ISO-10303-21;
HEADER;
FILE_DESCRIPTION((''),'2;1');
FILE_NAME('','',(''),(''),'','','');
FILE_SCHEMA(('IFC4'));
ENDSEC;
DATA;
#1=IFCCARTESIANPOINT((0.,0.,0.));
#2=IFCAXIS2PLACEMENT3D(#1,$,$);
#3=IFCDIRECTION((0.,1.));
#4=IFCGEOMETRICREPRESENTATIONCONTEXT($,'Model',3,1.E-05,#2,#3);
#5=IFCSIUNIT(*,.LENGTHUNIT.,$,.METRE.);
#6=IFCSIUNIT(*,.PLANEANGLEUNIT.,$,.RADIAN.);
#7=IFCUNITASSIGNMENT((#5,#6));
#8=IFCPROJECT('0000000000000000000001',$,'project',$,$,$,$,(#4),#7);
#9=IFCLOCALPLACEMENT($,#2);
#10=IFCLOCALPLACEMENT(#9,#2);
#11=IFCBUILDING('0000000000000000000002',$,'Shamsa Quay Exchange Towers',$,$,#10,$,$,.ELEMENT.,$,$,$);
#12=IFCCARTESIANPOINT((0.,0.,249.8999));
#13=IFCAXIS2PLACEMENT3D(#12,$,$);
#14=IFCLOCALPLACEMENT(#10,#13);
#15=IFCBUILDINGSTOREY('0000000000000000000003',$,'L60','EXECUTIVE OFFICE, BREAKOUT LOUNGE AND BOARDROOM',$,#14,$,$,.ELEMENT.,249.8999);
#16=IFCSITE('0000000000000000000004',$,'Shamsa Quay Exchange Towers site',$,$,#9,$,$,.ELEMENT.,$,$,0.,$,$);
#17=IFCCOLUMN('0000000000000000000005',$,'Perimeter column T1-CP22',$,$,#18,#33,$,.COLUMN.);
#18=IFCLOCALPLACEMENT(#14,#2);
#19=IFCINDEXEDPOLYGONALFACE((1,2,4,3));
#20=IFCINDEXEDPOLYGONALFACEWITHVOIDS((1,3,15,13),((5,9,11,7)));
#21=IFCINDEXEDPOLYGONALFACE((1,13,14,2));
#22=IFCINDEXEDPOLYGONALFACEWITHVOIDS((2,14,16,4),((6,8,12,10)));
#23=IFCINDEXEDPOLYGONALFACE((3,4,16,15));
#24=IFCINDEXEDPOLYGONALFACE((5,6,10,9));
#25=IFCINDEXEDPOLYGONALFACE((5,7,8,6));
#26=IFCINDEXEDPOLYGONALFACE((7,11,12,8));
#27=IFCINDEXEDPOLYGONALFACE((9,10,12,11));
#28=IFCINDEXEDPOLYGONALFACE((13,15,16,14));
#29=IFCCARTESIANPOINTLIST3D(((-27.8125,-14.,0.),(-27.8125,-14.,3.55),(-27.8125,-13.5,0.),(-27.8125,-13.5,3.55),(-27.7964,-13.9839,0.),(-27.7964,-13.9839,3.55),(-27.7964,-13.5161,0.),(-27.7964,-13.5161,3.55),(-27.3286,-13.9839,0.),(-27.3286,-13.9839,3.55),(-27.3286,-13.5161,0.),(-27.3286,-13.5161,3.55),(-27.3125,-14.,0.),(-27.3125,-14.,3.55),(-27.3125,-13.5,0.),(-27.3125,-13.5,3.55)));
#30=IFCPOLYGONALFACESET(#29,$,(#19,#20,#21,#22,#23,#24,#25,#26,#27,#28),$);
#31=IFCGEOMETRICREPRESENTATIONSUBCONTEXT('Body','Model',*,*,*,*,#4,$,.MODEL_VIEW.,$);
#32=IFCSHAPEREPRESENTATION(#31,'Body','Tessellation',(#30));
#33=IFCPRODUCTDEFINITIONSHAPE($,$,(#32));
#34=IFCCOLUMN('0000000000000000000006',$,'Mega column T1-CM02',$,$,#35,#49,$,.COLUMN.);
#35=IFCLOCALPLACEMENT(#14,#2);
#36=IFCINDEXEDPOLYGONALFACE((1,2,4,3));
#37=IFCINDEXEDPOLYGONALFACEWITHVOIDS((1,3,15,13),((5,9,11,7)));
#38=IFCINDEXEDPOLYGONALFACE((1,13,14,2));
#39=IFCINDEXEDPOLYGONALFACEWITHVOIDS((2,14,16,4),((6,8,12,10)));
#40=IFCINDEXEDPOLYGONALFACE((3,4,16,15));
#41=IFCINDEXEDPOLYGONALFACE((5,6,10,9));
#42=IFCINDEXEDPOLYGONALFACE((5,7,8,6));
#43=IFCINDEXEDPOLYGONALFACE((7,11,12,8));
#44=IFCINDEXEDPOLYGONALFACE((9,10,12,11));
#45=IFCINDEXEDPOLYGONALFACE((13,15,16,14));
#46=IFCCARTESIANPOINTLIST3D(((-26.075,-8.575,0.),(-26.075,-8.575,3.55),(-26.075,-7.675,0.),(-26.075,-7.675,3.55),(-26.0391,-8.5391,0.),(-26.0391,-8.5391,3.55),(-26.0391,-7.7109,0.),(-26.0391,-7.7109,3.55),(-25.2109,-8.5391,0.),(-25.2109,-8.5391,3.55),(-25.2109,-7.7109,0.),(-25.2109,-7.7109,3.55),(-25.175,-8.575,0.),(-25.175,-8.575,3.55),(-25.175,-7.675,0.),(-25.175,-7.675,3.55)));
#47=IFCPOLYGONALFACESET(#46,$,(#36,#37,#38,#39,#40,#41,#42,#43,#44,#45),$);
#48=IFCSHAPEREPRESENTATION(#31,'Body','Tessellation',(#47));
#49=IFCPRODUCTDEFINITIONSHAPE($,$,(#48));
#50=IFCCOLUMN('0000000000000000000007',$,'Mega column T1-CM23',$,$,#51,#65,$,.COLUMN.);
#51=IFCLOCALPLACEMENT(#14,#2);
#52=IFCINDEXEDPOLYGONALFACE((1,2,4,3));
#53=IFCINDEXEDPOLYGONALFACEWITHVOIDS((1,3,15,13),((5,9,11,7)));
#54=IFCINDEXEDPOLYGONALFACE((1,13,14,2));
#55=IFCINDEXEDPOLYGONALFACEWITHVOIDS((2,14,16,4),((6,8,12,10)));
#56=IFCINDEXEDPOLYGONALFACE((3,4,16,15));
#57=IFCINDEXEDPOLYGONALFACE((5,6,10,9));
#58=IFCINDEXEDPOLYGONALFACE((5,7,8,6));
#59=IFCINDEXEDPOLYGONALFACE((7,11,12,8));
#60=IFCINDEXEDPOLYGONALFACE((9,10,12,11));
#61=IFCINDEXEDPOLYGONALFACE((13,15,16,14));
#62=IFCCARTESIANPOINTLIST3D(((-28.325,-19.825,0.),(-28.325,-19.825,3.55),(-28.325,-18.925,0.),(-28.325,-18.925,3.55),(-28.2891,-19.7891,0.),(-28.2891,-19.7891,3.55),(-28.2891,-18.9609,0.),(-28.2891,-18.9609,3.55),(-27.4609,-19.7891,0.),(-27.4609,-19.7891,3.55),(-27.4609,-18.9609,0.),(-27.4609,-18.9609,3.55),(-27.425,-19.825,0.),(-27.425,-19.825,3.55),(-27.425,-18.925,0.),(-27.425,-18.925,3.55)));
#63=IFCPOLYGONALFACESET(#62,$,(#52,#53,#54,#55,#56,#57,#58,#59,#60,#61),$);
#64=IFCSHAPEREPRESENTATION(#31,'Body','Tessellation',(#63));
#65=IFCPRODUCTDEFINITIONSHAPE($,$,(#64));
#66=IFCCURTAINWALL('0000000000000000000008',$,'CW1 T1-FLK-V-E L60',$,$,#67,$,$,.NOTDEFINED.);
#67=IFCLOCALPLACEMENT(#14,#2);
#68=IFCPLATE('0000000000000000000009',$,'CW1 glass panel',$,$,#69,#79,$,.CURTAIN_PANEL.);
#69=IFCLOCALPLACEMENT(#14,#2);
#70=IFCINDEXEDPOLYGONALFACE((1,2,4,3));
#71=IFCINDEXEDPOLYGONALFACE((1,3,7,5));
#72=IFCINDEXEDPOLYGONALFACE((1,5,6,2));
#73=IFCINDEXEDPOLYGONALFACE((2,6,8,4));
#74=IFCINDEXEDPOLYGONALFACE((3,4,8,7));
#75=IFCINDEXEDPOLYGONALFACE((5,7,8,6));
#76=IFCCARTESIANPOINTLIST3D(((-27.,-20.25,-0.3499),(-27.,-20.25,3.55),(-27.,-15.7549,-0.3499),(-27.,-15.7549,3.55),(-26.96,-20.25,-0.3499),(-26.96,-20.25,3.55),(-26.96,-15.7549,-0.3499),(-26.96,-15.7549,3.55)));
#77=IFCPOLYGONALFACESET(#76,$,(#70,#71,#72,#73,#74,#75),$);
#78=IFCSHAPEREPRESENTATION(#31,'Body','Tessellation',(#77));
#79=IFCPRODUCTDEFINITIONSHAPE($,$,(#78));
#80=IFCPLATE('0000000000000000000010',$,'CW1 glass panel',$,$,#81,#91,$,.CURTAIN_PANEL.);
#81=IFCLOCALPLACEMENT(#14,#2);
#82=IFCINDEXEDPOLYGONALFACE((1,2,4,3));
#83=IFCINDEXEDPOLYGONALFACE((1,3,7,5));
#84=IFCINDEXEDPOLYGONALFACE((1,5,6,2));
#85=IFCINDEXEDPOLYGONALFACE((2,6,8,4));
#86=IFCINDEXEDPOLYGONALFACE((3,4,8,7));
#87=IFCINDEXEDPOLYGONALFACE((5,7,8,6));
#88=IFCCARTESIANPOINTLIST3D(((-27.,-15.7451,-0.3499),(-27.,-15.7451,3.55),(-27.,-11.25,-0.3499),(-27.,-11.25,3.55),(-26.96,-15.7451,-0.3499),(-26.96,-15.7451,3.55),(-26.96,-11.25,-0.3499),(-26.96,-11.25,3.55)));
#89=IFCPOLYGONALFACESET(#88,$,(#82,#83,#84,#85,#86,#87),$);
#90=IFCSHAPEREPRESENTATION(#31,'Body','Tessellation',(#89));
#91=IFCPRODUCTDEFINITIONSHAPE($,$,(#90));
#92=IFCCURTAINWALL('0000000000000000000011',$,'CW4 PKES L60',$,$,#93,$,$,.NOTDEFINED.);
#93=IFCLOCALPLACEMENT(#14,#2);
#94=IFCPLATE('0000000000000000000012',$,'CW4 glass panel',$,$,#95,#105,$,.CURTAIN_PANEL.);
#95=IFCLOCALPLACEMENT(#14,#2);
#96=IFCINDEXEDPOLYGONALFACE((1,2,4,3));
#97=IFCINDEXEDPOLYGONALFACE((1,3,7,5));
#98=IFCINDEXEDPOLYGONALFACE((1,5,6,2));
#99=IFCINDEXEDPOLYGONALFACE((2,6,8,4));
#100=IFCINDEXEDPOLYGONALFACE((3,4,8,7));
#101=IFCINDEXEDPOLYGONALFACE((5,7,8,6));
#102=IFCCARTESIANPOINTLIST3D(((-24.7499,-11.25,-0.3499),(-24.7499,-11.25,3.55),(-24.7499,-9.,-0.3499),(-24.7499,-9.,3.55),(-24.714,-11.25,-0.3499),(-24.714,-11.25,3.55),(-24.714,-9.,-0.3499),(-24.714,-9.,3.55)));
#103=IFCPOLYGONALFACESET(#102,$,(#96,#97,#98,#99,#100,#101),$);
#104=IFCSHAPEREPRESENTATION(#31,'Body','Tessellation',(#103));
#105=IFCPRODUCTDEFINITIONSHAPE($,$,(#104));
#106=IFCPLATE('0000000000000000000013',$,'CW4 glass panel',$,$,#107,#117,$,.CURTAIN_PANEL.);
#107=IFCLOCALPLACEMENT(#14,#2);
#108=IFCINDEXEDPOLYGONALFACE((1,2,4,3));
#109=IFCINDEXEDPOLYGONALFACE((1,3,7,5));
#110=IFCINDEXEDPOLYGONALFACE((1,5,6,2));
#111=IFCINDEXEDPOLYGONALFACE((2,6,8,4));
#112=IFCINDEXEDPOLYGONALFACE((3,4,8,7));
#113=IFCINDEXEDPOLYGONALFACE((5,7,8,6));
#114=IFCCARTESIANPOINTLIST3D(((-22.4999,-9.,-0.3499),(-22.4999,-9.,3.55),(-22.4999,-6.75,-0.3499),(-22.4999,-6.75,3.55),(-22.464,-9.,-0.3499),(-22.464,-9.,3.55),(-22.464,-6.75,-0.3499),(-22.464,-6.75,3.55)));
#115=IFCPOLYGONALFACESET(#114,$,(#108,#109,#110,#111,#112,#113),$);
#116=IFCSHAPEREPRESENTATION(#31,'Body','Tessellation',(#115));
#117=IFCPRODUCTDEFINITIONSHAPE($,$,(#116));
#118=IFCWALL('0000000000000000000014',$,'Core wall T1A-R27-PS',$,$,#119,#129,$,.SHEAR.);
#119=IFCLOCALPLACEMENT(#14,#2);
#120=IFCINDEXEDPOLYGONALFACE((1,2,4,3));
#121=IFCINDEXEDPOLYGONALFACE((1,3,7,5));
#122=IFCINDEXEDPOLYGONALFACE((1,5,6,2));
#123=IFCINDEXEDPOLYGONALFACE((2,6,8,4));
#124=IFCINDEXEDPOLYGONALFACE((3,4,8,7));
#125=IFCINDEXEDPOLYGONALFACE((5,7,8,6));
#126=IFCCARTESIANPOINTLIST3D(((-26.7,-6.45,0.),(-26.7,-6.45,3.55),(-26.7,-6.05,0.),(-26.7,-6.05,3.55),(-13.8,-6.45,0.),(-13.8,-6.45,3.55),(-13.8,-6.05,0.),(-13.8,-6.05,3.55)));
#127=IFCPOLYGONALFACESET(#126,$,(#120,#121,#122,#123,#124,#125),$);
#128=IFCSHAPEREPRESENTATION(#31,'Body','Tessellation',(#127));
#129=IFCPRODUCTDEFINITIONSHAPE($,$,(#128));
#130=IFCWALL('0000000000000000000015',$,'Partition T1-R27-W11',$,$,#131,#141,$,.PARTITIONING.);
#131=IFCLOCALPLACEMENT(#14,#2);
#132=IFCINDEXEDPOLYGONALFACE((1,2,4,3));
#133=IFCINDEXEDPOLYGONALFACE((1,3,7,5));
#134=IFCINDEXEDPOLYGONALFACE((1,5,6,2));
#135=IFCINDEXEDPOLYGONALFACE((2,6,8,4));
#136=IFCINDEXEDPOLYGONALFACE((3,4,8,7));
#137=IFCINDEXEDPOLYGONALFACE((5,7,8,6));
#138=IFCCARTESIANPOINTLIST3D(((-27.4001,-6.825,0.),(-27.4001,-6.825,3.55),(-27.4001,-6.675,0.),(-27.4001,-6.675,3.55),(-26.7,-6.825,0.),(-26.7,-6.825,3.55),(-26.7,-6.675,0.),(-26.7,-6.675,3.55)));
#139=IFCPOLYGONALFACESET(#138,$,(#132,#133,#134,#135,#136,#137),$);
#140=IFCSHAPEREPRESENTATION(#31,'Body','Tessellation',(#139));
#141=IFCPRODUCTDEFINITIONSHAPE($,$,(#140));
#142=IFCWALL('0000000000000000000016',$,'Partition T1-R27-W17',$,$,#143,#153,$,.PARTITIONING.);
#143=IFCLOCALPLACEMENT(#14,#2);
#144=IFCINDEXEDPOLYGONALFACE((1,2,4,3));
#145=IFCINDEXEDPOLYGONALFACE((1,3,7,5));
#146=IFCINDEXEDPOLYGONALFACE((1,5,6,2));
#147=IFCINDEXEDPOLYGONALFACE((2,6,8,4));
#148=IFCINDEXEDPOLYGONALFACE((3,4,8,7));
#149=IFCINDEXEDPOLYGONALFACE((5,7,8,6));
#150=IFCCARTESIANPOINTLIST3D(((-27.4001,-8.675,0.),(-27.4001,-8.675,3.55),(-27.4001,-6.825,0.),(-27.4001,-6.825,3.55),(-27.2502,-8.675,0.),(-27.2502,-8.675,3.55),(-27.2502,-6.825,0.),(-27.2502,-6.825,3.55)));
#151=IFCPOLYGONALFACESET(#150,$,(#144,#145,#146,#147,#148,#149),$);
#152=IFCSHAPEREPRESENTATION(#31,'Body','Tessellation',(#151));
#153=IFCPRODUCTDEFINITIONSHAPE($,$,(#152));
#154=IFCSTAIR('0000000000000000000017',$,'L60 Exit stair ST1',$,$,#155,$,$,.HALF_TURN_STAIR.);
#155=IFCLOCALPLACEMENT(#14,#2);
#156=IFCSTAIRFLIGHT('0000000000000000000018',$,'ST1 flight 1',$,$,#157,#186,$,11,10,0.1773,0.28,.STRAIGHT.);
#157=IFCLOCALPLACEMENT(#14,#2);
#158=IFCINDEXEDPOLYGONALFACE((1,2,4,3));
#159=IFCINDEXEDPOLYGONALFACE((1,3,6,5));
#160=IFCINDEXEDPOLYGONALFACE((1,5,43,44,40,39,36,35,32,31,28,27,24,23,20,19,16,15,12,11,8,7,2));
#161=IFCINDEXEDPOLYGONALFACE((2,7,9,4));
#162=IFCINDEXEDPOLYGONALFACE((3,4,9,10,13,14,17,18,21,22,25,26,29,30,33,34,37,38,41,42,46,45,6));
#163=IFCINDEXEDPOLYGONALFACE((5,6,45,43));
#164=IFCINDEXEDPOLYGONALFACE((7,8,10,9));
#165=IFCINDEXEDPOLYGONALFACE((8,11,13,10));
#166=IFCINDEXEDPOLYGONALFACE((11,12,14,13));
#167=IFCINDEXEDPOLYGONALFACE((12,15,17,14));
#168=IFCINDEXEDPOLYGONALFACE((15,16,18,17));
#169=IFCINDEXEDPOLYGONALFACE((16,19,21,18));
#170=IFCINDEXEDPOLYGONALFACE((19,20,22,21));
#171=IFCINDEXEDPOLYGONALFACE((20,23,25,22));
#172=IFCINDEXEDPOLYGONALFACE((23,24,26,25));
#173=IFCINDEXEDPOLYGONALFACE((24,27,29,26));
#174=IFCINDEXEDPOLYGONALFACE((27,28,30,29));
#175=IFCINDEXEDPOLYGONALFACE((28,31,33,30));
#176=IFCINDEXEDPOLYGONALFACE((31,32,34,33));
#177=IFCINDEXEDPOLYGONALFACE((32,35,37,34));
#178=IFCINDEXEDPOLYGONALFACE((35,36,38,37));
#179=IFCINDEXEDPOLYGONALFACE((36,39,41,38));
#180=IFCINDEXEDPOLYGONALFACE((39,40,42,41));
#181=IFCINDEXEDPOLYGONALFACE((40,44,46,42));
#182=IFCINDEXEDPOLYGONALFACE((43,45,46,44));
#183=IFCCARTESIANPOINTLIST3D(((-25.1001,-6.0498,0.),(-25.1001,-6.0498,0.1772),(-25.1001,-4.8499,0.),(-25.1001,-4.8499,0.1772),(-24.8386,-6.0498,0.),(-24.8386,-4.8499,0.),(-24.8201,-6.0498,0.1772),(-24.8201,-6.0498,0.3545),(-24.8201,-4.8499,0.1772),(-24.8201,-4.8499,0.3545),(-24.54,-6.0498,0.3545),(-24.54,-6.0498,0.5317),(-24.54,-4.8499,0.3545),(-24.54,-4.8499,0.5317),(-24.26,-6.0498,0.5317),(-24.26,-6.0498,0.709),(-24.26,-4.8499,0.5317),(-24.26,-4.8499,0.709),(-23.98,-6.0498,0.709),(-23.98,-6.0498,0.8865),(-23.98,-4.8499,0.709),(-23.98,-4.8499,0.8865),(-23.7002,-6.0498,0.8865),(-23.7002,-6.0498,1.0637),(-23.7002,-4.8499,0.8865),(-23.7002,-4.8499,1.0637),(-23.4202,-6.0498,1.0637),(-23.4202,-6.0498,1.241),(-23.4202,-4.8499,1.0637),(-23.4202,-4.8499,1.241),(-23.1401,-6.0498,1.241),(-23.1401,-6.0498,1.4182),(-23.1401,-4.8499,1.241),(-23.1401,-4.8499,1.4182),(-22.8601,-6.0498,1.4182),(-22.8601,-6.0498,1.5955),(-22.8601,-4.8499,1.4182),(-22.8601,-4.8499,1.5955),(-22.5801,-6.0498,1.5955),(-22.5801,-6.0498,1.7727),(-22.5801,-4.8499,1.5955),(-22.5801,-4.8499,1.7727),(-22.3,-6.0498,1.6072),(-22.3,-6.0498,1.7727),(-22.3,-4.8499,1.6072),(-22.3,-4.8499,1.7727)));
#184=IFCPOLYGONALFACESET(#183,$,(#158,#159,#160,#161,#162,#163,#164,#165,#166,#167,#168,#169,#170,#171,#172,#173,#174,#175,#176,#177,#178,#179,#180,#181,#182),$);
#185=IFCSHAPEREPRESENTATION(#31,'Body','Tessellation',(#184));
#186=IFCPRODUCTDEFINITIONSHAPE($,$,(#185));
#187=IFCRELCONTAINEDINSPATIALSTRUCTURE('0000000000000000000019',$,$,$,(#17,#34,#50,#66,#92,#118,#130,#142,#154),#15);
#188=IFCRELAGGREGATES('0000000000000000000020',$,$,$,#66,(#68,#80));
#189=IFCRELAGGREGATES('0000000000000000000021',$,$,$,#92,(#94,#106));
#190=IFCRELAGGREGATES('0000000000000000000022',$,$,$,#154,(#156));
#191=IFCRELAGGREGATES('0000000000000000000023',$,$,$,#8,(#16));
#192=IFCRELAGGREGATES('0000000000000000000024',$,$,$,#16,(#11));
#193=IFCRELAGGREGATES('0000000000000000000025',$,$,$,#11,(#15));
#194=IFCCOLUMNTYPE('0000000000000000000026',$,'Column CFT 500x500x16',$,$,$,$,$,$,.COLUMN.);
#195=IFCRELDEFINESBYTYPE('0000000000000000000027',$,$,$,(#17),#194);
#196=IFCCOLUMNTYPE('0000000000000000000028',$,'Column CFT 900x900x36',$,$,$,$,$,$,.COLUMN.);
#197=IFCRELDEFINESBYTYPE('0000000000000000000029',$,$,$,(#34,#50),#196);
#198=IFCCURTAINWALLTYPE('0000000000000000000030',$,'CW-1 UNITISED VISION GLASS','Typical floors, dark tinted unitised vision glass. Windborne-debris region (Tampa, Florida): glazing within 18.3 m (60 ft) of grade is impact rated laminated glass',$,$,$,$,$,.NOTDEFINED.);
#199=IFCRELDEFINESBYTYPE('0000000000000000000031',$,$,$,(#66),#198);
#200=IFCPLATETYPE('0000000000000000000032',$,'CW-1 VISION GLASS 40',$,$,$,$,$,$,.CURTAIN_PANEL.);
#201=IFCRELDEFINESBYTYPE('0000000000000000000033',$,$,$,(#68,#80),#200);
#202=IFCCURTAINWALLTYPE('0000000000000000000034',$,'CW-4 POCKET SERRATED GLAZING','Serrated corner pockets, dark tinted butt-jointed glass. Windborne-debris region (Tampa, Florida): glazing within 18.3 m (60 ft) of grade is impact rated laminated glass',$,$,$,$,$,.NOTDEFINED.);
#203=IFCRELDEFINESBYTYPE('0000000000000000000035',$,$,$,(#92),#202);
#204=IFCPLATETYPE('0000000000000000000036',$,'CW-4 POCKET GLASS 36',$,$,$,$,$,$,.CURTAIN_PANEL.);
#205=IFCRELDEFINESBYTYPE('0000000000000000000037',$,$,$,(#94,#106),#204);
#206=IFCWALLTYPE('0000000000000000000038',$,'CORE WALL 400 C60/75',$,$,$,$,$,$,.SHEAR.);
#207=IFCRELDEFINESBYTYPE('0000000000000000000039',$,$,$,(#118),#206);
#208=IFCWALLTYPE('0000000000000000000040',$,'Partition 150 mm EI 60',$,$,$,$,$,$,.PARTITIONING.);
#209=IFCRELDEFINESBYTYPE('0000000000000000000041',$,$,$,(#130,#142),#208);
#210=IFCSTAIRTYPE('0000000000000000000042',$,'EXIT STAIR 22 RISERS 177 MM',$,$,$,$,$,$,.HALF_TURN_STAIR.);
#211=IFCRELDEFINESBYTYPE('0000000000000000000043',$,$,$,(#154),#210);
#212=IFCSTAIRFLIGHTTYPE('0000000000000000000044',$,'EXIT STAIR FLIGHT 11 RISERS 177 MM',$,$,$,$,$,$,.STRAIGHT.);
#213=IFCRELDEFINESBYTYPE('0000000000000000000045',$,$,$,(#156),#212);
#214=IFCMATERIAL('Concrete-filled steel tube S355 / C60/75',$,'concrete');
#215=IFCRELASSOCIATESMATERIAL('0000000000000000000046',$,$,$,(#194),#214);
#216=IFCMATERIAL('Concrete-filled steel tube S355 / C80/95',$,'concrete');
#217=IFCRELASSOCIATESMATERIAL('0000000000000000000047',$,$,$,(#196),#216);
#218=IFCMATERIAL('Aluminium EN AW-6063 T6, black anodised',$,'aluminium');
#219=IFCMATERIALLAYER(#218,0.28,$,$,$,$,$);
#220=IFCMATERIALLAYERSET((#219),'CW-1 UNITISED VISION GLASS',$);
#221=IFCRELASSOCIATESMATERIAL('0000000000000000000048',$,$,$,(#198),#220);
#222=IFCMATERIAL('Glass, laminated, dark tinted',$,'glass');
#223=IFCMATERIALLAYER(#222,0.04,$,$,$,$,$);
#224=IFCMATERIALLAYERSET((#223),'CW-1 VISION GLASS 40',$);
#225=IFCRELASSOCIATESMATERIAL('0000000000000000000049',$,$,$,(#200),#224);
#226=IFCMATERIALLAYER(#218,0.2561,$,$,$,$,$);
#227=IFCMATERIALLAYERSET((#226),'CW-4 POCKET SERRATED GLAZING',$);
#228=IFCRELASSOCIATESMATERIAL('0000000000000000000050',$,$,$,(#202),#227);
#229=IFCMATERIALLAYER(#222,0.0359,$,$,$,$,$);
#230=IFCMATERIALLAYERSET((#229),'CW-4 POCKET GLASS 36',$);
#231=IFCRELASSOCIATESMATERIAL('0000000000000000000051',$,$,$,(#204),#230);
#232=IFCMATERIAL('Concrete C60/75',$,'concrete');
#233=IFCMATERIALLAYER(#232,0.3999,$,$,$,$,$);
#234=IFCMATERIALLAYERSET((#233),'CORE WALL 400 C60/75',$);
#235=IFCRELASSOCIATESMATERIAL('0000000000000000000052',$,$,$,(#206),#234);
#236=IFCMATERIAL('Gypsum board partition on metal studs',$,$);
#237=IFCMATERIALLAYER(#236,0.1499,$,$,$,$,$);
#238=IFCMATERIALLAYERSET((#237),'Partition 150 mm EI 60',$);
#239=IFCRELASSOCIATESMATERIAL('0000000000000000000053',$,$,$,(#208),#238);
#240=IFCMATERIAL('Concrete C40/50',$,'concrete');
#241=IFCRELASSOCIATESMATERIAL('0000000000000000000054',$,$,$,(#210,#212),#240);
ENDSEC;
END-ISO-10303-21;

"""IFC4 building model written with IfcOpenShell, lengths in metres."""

from ifc_helpers import new_model, si_unit, direction, frame, frame_2d, origin, origin_2d, place, context, subcontext, project, spatial, polyline, rectangle, hollow_rectangle, outline, extrude, material, layer, layer_set, material_profile, profile_set, type_object, element, aggregate, save


model = new_model("IFC4")

# Units and contexts
model_context = context("Model", 3, precision=1e-05, world=origin(), true_north=direction((0.0, 1.0)))
body_context = subcontext(model_context, "Body", "Model", "MODEL_VIEW")
ifc_project = project(units=[si_unit("LENGTHUNIT", "METRE"), si_unit("PLANEANGLEUNIT", "RADIAN")], contexts=[model_context])

# Site, building, storey
site_placement = place(None, origin())
site = spatial("IfcSite", under=ifc_project, at=site_placement, Name="Shamsa Quay Exchange Towers site", CompositionType="ELEMENT", RefElevation=0.0)
building_placement = place(site_placement, origin())
building = spatial("IfcBuilding", under=site, at=building_placement, Name="Shamsa Quay Exchange Towers", CompositionType="ELEMENT")
storey_placement = place(building_placement, frame((0.0, 0.0, 249.8999)))
storey = spatial("IfcBuildingStorey", under=building, at=storey_placement, Name="L60", Description="EXECUTIVE OFFICE, BREAKOUT LOUNGE AND BOARDROOM", CompositionType="ELEMENT", Elevation=249.8999)

# Columns
ifc_material_1 = material(Name="Concrete-filled steel tube S355 / C60/75", Category="concrete")
ifc_material_profile_1 = material_profile(ifc_material_1, hollow_rectangle(XDim=0.5, YDim=0.5, WallThickness=0.0161, at=origin_2d()), Name="CFT 500x500x16")
ifc_profile_set_1 = profile_set([ifc_material_profile_1], Name="Concrete-filled steel tube S355 / C60/75")
column_type_1 = type_object("IfcColumnType", Name="Column CFT 500x500x16", PredefinedType="COLUMN", material=ifc_profile_set_1)
column_placement = place(storey_placement, frame((-27.5625, -13.75, 0.0)))
element("IfcColumn", 1, at=column_placement, inside=storey, type_object=column_type_1, Name="Perimeter column T1-CP22", PredefinedType="COLUMN", context=body_context, shape_type="SweptSolid", body=[
    extrude(hollow_rectangle(XDim=0.5, YDim=0.5, WallThickness=0.0161, at=origin_2d()), origin(), (0.0, 0.0, 1.0), 3.55),
])
ifc_material_2 = material(Name="Concrete-filled steel tube S355 / C80/95", Category="concrete")
ifc_material_profile_2 = material_profile(ifc_material_2, hollow_rectangle(XDim=0.8999, YDim=0.8999, WallThickness=0.0359, at=origin_2d()), Name="CFT 900x900x36")
ifc_profile_set_2 = profile_set([ifc_material_profile_2], Name="Concrete-filled steel tube S355 / C80/95")
column_type_2 = type_object("IfcColumnType", Name="Column CFT 900x900x36", PredefinedType="COLUMN", material=ifc_profile_set_2)
for number, where, name in (
    (2, (-25.625, -8.125, 0.0), "Mega column T1-CM02"),
    (3, (-27.875, -19.375, 0.0), "Mega column T1-CM23"),
):
    element("IfcColumn", number, at=place(storey_placement, frame(where)), inside=storey, type_object=column_type_2, Name=name, PredefinedType="COLUMN", context=body_context, shape_type="SweptSolid", body=[
        extrude(hollow_rectangle(XDim=0.8999, YDim=0.8999, WallThickness=0.0359, at=origin_2d()), origin(), (0.0, 0.0, 1.0), 3.55),
    ])

# Curtain walls, plates
ifc_material_3 = material(Name="Aluminium EN AW-6063 T6, black anodised", Category="aluminium")
ifc_layer_1 = layer(ifc_material_3, 0.28)
ifc_layer_set_1 = layer_set([ifc_layer_1], Name="CW-1 UNITISED VISION GLASS")
curtain_wall_type_1 = type_object("IfcCurtainWallType", Name="CW-1 UNITISED VISION GLASS", Description="Typical floors, dark tinted unitised vision glass. Windborne-debris region (Tampa, Florida): glazing within 18.3 m (60 ft) of grade is impact rated laminated glass", PredefinedType="NOTDEFINED", material=ifc_layer_set_1)
curtain_wall_1_placement = place(storey_placement, origin())
curtain_wall_1 = element("IfcCurtainWall", 4, at=curtain_wall_1_placement, inside=storey, type_object=curtain_wall_type_1, Name="CW1 T1-FLK-V-E L60", PredefinedType="NOTDEFINED")
ifc_material_4 = material(Name="Glass, laminated, dark tinted", Category="glass")
ifc_layer_2 = layer(ifc_material_4, 0.04)
ifc_layer_set_2 = layer_set([ifc_layer_2], Name="CW-1 VISION GLASS 40")
plate_type_1 = type_object("IfcPlateType", Name="CW-1 VISION GLASS 40", PredefinedType="CURTAIN_PANEL", material=ifc_layer_set_2)
plate_1_placement = place(storey_placement, frame((-26.98, -18.0024, -0.3499), z_axis=(0.0, 0.0, 1.0), x_axis=(0.0, 1.0, 0.0)))
plate_1 = element("IfcPlate", 5, at=plate_1_placement, type_object=plate_type_1, Name="CW1 glass panel", PredefinedType="CURTAIN_PANEL", context=body_context, shape_type="SweptSolid", body=[
    extrude(rectangle(XDim=4.4951, YDim=0.04, at=origin_2d()), origin(), (0.0, 0.0, 1.0), 3.8999),
])
plate_2_placement = place(storey_placement, frame((-26.98, -13.4976, -0.3499), z_axis=(0.0, 0.0, 1.0), x_axis=(0.0, 1.0, 0.0)))
plate_2 = element("IfcPlate", 6, at=plate_2_placement, type_object=plate_type_1, Name="CW1 glass panel", PredefinedType="CURTAIN_PANEL", context=body_context, shape_type="SweptSolid", body=[
    extrude(rectangle(XDim=4.4951, YDim=0.04, at=origin_2d()), origin(), (0.0, 0.0, 1.0), 3.8999),
])
aggregate(curtain_wall_1, [plate_1, plate_2])
ifc_layer_3 = layer(ifc_material_3, 0.2561)
ifc_layer_set_3 = layer_set([ifc_layer_3], Name="CW-4 POCKET SERRATED GLAZING")
curtain_wall_type_2 = type_object("IfcCurtainWallType", Name="CW-4 POCKET SERRATED GLAZING", Description="Serrated corner pockets, dark tinted butt-jointed glass. Windborne-debris region (Tampa, Florida): glazing within 18.3 m (60 ft) of grade is impact rated laminated glass", PredefinedType="NOTDEFINED", material=ifc_layer_set_3)
curtain_wall_2_placement = place(storey_placement, origin())
curtain_wall_2 = element("IfcCurtainWall", 7, at=curtain_wall_2_placement, inside=storey, type_object=curtain_wall_type_2, Name="CW4 PKES L60", PredefinedType="NOTDEFINED")
ifc_layer_4 = layer(ifc_material_4, 0.0359)
ifc_layer_set_4 = layer_set([ifc_layer_4], Name="CW-4 POCKET GLASS 36")
plate_type_2 = type_object("IfcPlateType", Name="CW-4 POCKET GLASS 36", PredefinedType="CURTAIN_PANEL", material=ifc_layer_set_4)
plate_3_placement = place(storey_placement, frame((-24.7319, -10.125, -0.3499), z_axis=(0.0, 0.0, 1.0), x_axis=(0.0, 1.0, 0.0)))
plate_3 = element("IfcPlate", 8, at=plate_3_placement, type_object=plate_type_2, Name="CW4 glass panel", PredefinedType="CURTAIN_PANEL", context=body_context, shape_type="SweptSolid", body=[
    extrude(rectangle(XDim=2.25, YDim=0.0359, at=origin_2d()), origin(), (0.0, 0.0, 1.0), 3.8999),
])
plate_4_placement = place(storey_placement, frame((-22.4819, -7.875, -0.3499), z_axis=(0.0, 0.0, 1.0), x_axis=(0.0, 1.0, 0.0)))
plate_4 = element("IfcPlate", 9, at=plate_4_placement, type_object=plate_type_2, Name="CW4 glass panel", PredefinedType="CURTAIN_PANEL", context=body_context, shape_type="SweptSolid", body=[
    extrude(rectangle(XDim=2.25, YDim=0.0359, at=origin_2d()), origin(), (0.0, 0.0, 1.0), 3.8999),
])
aggregate(curtain_wall_2, [plate_3, plate_4])

# Walls
ifc_material_5 = material(Name="Concrete C60/75", Category="concrete")
ifc_layer_5 = layer(ifc_material_5, 0.3999)
ifc_layer_set_5 = layer_set([ifc_layer_5], Name="CORE WALL 400 C60/75")
wall_type_1 = type_object("IfcWallType", Name="CORE WALL 400 C60/75", PredefinedType="SHEAR", material=ifc_layer_set_5)
wall_1_placement = place(storey_placement, frame((-26.7, -6.25, 0.0)))
element("IfcWall", 10, at=wall_1_placement, inside=storey, type_object=wall_type_1, Name="Core wall T1A-R27-PS", PredefinedType="SHEAR", context=body_context, shape_type="SweptSolid", body=[
    extrude(rectangle(XDim=12.8999, YDim=0.3999, at=frame_2d((6.45, 0.0))), origin(), (0.0, 0.0, 1.0), 3.55),
])
ifc_material_6 = material(Name="Gypsum board partition on metal studs")
ifc_layer_6 = layer(ifc_material_6, 0.1499)
ifc_layer_set_6 = layer_set([ifc_layer_6], Name="Partition 150 mm EI 60")
wall_type_2 = type_object("IfcWallType", Name="Partition 150 mm EI 60", PredefinedType="PARTITIONING", material=ifc_layer_set_6)
wall_2_placement = place(storey_placement, frame((-27.4001, -6.75, 0.0)))
element("IfcWall", 11, at=wall_2_placement, inside=storey, type_object=wall_type_2, Name="Partition T1-R27-W11", PredefinedType="PARTITIONING", context=body_context, shape_type="SweptSolid", body=[
    extrude(rectangle(XDim=0.7002, YDim=0.1499, at=frame_2d((0.3501, 0.0))), origin(), (0.0, 0.0, 1.0), 3.55),
])
wall_3_placement = place(storey_placement, frame((-27.3252, -8.675, 0.0), z_axis=(0.0, 0.0, 1.0), x_axis=(0.0, 1.0, 0.0)))
element("IfcWall", 12, at=wall_3_placement, inside=storey, type_object=wall_type_2, Name="Partition T1-R27-W17", PredefinedType="PARTITIONING", context=body_context, shape_type="SweptSolid", body=[
    extrude(rectangle(XDim=1.8501, YDim=0.1499, at=frame_2d((0.925, 0.0))), origin(), (0.0, 0.0, 1.0), 3.55),
])

# Stair, stair flight
ifc_material_7 = material(Name="Concrete C40/50", Category="concrete")
stair_type = type_object("IfcStairType", Name="EXIT STAIR 22 RISERS 177 MM", PredefinedType="HALF_TURN_STAIR", material=ifc_material_7)
stair_placement = place(storey_placement, origin())
stair = element("IfcStair", 13, at=stair_placement, inside=storey, type_object=stair_type, Name="L60 Exit stair ST1", PredefinedType="HALF_TURN_STAIR")
stair_flight_type = type_object("IfcStairFlightType", Name="EXIT STAIR FLIGHT 11 RISERS 177 MM", PredefinedType="STRAIGHT", material=ifc_material_7)
stair_flight_1_placement = place(storey_placement, frame((-25.1001, -5.45, 0.0)))
stair_flight_1 = element("IfcStairFlight", 14, at=stair_flight_1_placement, type_object=stair_flight_type, Name="ST1 flight 1", NumberOfRisers=11, NumberOfTreads=10, PredefinedType="STRAIGHT", RiserHeight=0.1773, TreadLength=0.28, context=body_context, shape_type="SweptSolid", body=[
    extrude(outline(polyline([(0.0, 0.0), (0.0, 0.1772), (0.28, 0.1772), (0.28, 0.3545), (0.5601, 0.3545), (0.5601, 0.5317), (0.8401, 0.5317), (0.8401, 0.709), (1.1201, 0.709), (1.1201, 0.8865), (1.3999, 0.8865), (1.3999, 1.0637), (1.6799, 1.0637), (1.6799, 1.241), (1.96, 1.241), (1.96, 1.4182), (2.24, 1.4182), (2.24, 1.5955), (2.52, 1.5955), (2.52, 1.7727), (2.8, 1.7727), (2.8, 1.95), (2.8, 1.6072), (0.2615, 0.0), (0.0, 0.0)])), frame((0.0, 0.6001, 0.0), z_axis=(0.0, -1.0, 0.0), x_axis=(1.0, 0.0, 0.0)), (0.0, 0.0, 1.0), 1.2),
])
aggregate(stair, [stair_flight_1])

save(model, "model.ifc")
